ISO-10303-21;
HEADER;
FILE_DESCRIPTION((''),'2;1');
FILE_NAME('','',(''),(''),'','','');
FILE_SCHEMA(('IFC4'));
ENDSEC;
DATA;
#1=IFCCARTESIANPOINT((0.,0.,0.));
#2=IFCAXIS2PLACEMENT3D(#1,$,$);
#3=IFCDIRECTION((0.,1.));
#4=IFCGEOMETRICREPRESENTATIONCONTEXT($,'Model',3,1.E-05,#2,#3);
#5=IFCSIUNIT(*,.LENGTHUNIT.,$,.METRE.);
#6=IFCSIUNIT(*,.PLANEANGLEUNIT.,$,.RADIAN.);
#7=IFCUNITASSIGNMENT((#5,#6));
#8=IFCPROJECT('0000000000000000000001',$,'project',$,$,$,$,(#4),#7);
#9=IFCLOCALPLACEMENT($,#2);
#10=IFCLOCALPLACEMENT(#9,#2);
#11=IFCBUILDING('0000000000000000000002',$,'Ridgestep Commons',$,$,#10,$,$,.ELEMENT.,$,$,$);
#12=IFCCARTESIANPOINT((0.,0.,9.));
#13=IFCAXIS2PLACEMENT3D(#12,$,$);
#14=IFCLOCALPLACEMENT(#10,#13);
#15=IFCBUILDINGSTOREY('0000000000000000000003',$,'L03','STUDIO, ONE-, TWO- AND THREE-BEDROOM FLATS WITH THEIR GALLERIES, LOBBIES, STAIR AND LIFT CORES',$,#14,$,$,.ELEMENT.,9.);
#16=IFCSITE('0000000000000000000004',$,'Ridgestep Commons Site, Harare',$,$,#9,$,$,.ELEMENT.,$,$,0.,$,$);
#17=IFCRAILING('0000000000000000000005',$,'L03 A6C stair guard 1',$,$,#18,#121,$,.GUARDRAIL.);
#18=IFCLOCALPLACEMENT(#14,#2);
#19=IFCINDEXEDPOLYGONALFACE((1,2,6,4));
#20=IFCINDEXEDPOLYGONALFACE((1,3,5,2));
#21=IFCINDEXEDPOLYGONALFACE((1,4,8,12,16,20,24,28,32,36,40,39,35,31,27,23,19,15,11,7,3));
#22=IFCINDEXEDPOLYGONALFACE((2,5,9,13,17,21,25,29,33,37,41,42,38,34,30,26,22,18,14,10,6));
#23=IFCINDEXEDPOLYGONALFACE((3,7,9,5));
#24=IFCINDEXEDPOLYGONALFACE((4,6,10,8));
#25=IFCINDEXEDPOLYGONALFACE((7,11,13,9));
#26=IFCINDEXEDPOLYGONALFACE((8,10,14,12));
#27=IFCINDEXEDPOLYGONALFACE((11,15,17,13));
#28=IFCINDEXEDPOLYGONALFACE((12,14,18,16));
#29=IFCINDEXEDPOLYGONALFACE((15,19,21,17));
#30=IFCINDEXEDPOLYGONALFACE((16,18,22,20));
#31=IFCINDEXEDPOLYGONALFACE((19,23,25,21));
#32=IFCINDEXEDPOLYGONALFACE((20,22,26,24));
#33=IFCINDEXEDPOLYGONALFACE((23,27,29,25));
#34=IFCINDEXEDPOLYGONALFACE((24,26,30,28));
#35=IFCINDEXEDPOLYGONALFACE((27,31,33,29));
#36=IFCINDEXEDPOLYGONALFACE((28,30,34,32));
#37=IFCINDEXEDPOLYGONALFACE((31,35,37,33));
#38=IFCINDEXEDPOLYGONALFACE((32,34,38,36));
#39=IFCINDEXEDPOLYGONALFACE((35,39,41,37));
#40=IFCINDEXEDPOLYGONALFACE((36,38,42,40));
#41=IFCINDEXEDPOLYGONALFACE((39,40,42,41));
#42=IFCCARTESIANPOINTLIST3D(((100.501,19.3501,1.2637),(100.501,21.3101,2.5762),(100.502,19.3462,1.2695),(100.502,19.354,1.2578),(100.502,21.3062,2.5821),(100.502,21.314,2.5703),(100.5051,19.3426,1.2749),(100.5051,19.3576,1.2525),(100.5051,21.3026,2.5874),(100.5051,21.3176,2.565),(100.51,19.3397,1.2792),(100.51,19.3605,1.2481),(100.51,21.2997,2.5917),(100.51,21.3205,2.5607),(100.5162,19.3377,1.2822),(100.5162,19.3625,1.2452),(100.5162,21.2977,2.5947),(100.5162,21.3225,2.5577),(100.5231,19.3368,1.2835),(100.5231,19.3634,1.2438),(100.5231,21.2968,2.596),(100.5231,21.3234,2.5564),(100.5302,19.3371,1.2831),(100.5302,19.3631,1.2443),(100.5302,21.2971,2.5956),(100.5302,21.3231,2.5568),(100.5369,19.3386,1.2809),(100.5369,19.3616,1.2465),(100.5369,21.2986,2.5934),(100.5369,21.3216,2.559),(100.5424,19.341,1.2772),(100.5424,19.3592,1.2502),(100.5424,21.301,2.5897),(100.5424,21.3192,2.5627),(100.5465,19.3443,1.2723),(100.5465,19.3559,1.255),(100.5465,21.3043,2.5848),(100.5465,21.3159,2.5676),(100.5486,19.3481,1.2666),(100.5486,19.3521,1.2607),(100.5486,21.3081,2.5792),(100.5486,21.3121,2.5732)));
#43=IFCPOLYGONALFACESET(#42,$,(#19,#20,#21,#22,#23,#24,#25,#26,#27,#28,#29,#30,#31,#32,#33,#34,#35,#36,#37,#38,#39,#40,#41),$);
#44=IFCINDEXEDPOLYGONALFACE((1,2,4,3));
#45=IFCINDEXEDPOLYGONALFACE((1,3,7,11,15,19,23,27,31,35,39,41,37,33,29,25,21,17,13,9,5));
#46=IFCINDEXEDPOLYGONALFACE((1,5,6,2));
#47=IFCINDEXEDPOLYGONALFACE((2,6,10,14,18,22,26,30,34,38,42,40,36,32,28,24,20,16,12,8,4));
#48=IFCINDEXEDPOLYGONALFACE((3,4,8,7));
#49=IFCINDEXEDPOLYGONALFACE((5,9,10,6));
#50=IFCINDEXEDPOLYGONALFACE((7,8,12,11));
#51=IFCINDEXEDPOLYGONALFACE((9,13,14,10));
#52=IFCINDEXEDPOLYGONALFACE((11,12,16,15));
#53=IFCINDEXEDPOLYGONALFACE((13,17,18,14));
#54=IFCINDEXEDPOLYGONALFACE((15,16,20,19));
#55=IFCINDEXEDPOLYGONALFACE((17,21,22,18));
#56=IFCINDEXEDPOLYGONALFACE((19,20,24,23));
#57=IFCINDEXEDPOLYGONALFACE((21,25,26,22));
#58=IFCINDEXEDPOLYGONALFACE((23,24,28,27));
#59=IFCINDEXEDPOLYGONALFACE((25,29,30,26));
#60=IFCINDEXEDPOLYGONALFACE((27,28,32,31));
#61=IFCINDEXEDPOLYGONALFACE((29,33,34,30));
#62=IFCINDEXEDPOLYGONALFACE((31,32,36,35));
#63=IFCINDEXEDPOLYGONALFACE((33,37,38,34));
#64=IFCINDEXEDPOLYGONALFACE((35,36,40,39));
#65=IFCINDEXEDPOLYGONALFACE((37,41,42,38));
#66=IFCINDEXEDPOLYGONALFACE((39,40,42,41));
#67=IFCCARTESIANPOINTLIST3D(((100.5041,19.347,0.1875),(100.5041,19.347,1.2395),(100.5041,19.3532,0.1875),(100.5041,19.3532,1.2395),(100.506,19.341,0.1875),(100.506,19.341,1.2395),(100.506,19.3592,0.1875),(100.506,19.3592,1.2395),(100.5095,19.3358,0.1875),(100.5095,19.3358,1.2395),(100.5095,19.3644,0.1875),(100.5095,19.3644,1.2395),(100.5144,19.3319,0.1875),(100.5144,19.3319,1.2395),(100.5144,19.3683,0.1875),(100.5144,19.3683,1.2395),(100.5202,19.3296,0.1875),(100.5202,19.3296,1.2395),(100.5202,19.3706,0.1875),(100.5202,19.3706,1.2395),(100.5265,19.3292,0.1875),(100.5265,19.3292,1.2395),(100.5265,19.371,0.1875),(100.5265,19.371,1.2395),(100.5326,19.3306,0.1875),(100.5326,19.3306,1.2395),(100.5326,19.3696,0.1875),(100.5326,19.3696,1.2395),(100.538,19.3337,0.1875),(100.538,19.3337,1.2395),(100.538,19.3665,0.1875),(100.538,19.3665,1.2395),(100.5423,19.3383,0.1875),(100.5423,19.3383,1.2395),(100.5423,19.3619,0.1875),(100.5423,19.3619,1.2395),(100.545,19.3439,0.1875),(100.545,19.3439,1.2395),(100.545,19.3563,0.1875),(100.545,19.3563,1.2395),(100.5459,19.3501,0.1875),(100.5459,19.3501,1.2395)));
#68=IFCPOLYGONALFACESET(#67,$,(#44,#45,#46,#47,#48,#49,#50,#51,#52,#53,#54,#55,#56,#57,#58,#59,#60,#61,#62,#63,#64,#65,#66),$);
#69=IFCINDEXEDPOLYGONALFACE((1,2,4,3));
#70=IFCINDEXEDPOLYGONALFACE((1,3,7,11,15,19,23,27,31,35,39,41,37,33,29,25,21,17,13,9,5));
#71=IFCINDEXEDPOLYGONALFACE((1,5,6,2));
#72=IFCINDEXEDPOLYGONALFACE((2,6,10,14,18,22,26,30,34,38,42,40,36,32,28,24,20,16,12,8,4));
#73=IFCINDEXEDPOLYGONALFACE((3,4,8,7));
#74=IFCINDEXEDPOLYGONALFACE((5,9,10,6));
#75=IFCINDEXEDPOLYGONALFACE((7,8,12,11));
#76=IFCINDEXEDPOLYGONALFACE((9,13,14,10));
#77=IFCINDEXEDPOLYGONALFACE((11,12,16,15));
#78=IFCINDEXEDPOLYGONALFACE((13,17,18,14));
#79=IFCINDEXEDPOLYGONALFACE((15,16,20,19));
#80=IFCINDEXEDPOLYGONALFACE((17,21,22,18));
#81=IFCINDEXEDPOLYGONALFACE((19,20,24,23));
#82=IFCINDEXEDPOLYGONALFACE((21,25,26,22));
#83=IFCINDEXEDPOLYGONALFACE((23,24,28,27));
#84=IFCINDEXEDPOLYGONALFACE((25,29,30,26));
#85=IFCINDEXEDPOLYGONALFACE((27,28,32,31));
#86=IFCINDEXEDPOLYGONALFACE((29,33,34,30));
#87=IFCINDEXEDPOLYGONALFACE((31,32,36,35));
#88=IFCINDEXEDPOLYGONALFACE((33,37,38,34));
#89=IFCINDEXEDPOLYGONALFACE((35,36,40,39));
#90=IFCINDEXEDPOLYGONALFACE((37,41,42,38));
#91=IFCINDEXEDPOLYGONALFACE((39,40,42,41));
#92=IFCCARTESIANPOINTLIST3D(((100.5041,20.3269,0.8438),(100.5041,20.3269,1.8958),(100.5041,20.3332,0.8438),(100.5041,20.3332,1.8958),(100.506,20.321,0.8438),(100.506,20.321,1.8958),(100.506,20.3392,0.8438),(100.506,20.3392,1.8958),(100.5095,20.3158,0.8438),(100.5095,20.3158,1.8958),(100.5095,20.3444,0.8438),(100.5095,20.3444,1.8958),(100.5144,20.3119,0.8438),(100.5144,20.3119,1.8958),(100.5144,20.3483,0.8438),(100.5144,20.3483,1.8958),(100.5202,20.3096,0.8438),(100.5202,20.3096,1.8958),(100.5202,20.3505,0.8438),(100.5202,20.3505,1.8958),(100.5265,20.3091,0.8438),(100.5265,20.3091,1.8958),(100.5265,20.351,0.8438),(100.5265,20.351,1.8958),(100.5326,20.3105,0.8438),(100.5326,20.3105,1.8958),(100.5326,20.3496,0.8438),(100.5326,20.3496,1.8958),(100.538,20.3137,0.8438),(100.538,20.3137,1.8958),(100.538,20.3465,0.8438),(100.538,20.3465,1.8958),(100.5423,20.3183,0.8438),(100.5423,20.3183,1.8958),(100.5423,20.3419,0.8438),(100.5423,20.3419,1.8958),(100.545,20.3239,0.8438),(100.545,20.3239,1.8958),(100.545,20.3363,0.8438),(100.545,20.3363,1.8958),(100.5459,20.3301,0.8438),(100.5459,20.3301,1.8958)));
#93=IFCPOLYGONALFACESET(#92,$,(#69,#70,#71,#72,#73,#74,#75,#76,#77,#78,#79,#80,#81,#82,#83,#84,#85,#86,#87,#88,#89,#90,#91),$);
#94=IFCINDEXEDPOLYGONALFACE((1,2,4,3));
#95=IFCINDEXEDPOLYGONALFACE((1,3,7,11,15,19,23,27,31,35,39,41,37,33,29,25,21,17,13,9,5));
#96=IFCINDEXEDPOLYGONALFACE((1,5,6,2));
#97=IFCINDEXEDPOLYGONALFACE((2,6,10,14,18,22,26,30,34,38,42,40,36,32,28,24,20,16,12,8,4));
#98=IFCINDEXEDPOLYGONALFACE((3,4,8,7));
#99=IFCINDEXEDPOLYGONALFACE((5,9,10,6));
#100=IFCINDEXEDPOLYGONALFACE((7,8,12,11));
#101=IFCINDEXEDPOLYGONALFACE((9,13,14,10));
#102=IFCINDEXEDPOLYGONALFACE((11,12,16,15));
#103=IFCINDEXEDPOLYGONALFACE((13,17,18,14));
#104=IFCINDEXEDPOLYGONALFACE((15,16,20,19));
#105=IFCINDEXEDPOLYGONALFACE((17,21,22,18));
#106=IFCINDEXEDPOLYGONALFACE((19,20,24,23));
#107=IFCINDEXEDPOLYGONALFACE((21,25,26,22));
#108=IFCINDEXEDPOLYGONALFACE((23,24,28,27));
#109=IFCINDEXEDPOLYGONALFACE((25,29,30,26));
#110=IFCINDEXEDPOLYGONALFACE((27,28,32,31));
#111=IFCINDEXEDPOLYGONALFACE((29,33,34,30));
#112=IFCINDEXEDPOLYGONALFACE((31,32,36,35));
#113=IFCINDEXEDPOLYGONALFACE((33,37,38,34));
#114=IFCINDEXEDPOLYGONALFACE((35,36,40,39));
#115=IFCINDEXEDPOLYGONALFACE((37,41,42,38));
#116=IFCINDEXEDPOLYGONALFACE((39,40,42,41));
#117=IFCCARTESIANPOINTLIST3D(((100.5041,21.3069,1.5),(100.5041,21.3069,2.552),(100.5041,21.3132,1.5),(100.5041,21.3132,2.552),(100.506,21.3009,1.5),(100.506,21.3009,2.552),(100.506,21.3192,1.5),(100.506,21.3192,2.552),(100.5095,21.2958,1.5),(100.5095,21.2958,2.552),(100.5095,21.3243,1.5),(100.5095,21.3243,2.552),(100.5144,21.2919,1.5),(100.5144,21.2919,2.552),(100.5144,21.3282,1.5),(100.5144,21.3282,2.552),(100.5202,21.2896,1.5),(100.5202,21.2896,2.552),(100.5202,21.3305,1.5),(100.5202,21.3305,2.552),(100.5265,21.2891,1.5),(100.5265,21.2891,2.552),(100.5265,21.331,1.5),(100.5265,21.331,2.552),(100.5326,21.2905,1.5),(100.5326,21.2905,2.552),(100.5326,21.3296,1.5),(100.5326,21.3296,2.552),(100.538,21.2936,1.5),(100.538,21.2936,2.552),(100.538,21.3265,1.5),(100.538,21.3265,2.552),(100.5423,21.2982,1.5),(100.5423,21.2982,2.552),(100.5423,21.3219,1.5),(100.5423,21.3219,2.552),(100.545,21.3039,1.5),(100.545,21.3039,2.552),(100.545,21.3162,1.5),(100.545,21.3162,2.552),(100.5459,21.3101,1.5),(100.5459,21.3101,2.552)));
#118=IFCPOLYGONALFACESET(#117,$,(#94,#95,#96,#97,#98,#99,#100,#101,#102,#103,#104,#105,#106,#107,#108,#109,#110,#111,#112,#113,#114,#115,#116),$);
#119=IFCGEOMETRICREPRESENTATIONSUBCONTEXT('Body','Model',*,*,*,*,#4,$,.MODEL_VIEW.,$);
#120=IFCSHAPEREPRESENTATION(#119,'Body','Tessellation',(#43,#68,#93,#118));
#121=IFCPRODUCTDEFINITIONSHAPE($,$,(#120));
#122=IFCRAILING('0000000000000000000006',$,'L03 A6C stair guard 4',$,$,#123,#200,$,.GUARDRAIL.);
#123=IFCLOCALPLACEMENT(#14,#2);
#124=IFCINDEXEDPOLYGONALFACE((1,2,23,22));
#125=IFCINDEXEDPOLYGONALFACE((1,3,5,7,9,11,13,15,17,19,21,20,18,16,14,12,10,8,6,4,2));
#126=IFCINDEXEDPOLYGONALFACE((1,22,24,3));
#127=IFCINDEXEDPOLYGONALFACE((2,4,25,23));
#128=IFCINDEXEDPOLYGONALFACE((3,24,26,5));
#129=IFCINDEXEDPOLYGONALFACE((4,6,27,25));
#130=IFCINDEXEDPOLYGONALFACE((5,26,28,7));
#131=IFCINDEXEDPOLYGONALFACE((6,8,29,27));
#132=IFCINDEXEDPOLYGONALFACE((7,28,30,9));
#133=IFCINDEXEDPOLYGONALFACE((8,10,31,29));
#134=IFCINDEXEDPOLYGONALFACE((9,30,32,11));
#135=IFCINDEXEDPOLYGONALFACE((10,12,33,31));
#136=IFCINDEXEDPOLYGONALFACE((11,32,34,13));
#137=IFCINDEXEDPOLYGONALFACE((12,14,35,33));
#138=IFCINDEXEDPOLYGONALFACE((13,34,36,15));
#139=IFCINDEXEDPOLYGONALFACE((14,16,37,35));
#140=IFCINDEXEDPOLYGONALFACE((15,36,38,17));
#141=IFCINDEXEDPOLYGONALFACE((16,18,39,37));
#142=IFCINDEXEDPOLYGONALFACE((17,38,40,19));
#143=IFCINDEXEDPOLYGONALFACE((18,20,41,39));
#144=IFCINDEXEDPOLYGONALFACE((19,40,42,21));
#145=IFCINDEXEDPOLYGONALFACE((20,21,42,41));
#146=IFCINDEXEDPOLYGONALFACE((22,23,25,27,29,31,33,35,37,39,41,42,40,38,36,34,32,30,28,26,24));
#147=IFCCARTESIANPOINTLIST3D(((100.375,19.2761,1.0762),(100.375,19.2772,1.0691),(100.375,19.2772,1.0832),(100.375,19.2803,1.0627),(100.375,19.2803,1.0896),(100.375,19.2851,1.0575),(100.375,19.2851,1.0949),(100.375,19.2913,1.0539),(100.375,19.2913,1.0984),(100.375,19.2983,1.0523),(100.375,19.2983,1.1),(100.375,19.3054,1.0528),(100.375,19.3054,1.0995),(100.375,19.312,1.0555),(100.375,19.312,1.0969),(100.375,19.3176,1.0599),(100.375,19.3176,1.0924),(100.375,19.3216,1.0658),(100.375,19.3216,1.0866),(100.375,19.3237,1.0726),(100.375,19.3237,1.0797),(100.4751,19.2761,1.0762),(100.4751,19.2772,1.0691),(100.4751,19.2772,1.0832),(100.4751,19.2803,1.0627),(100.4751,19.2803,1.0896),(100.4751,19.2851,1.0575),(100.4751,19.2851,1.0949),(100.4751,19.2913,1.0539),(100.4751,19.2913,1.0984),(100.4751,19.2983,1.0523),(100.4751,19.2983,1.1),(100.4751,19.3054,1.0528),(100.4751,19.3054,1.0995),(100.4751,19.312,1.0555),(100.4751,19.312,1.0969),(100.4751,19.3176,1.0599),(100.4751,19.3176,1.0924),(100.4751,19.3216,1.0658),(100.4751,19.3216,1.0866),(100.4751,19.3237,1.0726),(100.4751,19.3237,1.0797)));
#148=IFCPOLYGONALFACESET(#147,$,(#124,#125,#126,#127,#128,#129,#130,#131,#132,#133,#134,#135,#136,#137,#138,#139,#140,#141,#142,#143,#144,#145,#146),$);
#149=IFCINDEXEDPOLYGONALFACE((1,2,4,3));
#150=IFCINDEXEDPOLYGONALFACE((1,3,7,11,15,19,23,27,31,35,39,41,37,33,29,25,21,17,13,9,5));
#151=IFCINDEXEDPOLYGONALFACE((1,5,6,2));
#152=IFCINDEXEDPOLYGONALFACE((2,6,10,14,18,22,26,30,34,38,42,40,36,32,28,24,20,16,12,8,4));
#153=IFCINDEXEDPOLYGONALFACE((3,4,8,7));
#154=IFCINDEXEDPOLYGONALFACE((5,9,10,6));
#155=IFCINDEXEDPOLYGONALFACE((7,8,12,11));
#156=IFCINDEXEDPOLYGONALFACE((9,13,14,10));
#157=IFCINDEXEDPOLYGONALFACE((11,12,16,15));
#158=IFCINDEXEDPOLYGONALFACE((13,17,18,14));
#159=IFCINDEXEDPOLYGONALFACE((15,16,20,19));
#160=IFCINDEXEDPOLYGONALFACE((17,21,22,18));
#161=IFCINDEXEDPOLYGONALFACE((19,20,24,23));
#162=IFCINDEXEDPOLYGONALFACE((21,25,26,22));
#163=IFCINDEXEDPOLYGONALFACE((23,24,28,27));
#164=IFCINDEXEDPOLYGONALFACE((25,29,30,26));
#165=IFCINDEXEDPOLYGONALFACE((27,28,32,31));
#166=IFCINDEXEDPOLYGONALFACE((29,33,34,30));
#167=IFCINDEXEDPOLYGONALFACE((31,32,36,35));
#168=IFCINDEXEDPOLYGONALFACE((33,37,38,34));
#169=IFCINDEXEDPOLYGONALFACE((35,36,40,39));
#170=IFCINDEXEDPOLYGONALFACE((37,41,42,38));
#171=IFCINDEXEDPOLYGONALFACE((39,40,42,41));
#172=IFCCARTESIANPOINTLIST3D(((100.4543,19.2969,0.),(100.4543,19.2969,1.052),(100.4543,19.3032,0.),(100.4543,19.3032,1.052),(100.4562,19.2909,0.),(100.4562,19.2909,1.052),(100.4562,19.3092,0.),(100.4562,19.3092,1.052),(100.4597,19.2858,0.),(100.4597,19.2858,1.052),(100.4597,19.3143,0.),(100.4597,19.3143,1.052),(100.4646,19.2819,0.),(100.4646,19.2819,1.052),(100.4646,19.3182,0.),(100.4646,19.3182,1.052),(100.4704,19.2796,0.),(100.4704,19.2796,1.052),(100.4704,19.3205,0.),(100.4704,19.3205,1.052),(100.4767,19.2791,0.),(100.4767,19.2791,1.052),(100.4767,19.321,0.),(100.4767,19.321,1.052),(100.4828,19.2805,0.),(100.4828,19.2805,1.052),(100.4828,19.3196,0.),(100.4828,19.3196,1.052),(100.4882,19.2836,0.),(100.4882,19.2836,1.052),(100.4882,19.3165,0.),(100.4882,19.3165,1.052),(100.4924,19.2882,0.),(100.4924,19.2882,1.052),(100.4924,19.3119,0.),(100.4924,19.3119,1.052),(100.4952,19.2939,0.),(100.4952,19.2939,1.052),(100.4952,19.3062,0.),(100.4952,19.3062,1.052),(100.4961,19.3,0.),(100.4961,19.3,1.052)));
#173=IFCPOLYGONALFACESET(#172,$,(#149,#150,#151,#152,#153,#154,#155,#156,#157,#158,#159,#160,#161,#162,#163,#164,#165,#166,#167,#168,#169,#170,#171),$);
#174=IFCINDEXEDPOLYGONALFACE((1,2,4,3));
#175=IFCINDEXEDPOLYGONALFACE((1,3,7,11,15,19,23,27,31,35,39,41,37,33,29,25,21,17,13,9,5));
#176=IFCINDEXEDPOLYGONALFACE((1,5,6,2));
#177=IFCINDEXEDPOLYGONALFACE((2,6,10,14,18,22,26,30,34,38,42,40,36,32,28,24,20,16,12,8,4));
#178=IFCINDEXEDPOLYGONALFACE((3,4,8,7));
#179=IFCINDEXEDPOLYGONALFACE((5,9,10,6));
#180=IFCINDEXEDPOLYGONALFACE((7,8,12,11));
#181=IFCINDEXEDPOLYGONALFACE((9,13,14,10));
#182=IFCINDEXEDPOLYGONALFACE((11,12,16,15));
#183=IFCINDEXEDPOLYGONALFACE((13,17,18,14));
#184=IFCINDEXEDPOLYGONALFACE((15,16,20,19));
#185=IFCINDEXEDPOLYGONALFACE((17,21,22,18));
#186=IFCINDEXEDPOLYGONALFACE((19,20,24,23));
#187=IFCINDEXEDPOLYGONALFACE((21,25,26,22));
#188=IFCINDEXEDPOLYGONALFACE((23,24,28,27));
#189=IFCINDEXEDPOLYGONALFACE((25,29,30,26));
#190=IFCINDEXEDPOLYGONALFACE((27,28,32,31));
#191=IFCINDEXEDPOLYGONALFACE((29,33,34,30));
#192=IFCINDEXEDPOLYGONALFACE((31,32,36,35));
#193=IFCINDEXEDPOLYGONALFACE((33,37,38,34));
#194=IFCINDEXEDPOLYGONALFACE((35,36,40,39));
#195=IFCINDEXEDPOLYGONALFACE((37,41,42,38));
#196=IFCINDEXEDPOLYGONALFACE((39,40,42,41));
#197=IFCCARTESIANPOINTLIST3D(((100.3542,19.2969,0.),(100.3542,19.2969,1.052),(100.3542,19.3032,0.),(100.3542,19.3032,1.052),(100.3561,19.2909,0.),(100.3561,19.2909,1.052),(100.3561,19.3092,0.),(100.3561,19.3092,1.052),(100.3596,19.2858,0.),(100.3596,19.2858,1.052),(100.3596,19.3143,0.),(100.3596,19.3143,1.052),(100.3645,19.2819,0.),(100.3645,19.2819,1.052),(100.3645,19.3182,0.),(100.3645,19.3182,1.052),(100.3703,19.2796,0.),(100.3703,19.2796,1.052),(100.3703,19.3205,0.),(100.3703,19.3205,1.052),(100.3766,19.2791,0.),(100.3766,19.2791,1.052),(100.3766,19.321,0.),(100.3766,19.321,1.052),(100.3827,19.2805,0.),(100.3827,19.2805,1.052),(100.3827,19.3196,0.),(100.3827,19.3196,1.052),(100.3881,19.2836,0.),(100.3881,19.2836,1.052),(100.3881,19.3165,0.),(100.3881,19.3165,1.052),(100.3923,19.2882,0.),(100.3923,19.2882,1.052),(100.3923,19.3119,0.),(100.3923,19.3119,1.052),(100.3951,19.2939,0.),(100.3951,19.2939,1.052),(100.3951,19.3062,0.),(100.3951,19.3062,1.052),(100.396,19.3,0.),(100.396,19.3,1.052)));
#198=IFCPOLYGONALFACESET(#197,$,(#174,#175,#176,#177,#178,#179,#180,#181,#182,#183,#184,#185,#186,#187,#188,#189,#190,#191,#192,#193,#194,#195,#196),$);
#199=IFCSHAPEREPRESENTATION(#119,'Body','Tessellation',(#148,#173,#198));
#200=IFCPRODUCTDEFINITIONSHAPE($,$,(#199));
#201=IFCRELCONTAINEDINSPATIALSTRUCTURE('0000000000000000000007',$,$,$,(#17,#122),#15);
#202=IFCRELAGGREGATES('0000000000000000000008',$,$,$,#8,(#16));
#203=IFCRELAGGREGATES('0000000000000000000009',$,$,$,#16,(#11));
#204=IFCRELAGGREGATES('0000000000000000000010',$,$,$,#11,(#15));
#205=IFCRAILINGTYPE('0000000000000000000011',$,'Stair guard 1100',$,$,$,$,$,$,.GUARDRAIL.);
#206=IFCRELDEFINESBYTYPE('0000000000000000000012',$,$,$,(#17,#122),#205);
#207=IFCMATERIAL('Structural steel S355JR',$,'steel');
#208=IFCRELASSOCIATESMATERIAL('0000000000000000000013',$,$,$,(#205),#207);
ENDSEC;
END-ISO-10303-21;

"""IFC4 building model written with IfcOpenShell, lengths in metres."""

from ifc_helpers import new_model, si_unit, direction, frame, origin, origin_2d, place, context, subcontext, project, spatial, circle, extrude, material, type_object, element, save


model = new_model("IFC4")

# Units and contexts
model_context = context("Model", 3, precision=1e-05, world=origin(), true_north=direction((0.0, 1.0)))
body_context = subcontext(model_context, "Body", "Model", "MODEL_VIEW")
ifc_project = project(units=[si_unit("LENGTHUNIT", "METRE"), si_unit("PLANEANGLEUNIT", "RADIAN")], contexts=[model_context])

# Site, building, storey
site_placement = place(None, origin())
site = spatial("IfcSite", under=ifc_project, at=site_placement, Name="Ridgestep Commons Site, Harare", CompositionType="ELEMENT", RefElevation=0.0)
building_placement = place(site_placement, origin())
building = spatial("IfcBuilding", under=site, at=building_placement, Name="Ridgestep Commons", CompositionType="ELEMENT")
storey_placement = place(building_placement, frame((0.0, 0.0, 9.0)))
storey = spatial("IfcBuildingStorey", under=building, at=storey_placement, Name="L03", Description="STUDIO, ONE-, TWO- AND THREE-BEDROOM FLATS WITH THEIR GALLERIES, LOBBIES, STAIR AND LIFT CORES", CompositionType="ELEMENT", Elevation=9.0)

# Railings
ifc_material_1 = material(Name="Structural steel S355JR", Category="steel")
railing_type_1 = type_object("IfcRailingType", Name="Stair guard 1100", PredefinedType="GUARDRAIL", material=ifc_material_1)
railing_1_placement = place(storey_placement, frame((100.5249, 19.3501, 0.1875)))
element("IfcRailing", 1, at=railing_1_placement, inside=storey, type_object=railing_type_1, Name="L03 A6C stair guard 1", PredefinedType="GUARDRAIL", context=body_context, shape_type="SweptSolid", body=[
    extrude(circle(Radius=0.0239, at=origin_2d()), frame((0.0, 0.0, 1.0762), z_axis=(0.0, 0.830902, 0.556419), x_axis=(-1.0, 0.0, 0.0)), (0.0, 0.0, 1.0), 2.3589),
    extrude(circle(Radius=0.021, at=origin_2d()), origin(), (0.0, 0.0, 1.0), 1.052),
    extrude(circle(Radius=0.021, at=origin_2d()), frame((0.0, 0.98, 0.6562)), (0.0, 0.0, 1.0), 1.052),
    extrude(circle(Radius=0.021, at=origin_2d()), frame((0.0, 1.96, 1.3125)), (0.0, 0.0, 1.0), 1.052),
])
railing_2_placement = place(storey_placement, frame((100.4751, 19.3, 0.0)))
element("IfcRailing", 2, at=railing_2_placement, inside=storey, type_object=railing_type_1, Name="L03 A6C stair guard 4", PredefinedType="GUARDRAIL", context=body_context, shape_type="SweptSolid", body=[
    extrude(circle(Radius=0.0239, at=origin_2d()), frame((0.0, 0.0, 1.0762), z_axis=(-1.0, 0.0, 0.0), x_axis=(0.0, -1.0, 0.0)), (0.0, 0.0, 1.0), 0.1001),
    extrude(circle(Radius=0.021, at=origin_2d()), origin(), (0.0, 0.0, 1.0), 1.052),
    extrude(circle(Radius=0.021, at=origin_2d()), frame((-0.1001, 0.0, 0.0)), (0.0, 0.0, 1.0), 1.052),
])

save(model, "model.ifc")
